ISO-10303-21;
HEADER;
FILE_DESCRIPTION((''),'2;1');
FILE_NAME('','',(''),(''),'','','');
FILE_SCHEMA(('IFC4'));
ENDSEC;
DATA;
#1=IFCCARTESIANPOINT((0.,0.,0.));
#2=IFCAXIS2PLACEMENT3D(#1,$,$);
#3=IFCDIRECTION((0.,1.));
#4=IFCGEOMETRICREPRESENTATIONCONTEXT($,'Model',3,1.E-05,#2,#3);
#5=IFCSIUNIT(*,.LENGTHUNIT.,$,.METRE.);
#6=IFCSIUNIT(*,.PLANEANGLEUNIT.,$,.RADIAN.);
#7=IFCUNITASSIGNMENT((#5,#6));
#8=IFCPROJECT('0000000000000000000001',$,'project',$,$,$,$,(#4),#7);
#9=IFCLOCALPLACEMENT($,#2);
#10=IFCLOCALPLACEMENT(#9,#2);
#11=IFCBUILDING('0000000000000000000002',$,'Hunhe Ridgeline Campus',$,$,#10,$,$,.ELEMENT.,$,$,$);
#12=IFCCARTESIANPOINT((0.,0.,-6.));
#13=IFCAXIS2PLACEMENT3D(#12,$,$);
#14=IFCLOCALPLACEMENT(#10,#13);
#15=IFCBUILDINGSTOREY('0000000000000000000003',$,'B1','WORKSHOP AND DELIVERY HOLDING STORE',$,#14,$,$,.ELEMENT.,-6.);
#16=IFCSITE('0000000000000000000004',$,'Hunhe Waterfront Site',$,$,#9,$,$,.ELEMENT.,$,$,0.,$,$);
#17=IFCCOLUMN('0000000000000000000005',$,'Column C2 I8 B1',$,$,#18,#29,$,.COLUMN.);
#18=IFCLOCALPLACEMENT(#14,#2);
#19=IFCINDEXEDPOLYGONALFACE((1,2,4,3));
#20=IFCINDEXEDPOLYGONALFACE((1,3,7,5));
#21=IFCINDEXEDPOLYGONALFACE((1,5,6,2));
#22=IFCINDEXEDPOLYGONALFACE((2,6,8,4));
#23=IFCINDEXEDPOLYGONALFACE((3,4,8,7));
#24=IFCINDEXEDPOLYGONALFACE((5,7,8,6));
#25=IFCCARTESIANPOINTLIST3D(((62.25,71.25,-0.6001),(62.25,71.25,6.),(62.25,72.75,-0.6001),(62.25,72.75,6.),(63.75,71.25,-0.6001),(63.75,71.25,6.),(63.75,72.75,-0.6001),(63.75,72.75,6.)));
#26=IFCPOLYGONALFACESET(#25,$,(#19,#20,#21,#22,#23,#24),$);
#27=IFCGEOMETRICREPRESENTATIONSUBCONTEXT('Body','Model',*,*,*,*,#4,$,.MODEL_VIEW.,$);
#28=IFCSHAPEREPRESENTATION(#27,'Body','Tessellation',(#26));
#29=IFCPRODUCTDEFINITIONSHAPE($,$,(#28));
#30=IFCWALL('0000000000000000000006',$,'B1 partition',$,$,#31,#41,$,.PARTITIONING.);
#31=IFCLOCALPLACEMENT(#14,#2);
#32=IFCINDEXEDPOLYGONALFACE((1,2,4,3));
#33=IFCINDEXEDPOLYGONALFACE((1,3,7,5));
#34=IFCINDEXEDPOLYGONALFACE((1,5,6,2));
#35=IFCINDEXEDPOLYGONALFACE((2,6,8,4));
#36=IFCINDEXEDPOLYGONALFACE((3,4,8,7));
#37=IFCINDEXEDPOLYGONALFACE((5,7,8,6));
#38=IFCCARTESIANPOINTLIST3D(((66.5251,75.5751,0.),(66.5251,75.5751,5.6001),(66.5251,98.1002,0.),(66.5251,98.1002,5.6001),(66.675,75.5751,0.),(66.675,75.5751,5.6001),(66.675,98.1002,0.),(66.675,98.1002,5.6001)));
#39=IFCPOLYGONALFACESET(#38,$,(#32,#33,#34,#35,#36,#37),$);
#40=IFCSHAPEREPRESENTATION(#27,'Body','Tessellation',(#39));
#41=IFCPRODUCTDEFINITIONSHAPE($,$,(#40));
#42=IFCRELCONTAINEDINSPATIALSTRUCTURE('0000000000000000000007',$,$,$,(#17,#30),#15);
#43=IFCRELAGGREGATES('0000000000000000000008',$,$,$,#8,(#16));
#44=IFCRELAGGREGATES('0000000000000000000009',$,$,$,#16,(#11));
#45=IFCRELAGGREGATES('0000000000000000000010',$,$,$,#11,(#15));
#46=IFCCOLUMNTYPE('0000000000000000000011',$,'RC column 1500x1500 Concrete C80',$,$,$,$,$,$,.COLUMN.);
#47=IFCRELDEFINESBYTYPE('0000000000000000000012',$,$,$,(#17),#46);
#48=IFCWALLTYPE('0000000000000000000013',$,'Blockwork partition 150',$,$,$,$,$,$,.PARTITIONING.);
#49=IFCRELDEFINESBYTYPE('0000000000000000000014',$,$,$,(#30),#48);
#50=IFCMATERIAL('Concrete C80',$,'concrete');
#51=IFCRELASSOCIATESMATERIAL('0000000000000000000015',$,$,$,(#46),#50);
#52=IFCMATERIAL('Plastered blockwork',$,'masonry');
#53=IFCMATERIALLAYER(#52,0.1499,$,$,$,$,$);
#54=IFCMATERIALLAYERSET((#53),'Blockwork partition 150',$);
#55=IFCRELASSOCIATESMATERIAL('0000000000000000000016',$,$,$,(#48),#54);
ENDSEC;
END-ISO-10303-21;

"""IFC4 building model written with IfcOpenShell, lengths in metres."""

from ifc_helpers import new_model, si_unit, direction, frame, frame_2d, origin, origin_2d, place, context, subcontext, project, spatial, rectangle, extrude, material, layer, layer_set, material_profile, profile_set, type_object, element, save


model = new_model("IFC4")

# Units and contexts
model_context = context("Model", 3, precision=1e-05, world=origin(), true_north=direction((0.0, 1.0)))
body_context = subcontext(model_context, "Body", "Model", "MODEL_VIEW")
ifc_project = project(units=[si_unit("LENGTHUNIT", "METRE"), si_unit("PLANEANGLEUNIT", "RADIAN")], contexts=[model_context])

# Site, building, storey
site_placement = place(None, origin())
site = spatial("IfcSite", under=ifc_project, at=site_placement, Name="Hunhe Waterfront Site", CompositionType="ELEMENT", RefElevation=0.0)
building_placement = place(site_placement, origin())
building = spatial("IfcBuilding", under=site, at=building_placement, Name="Hunhe Ridgeline Campus", CompositionType="ELEMENT")
storey_placement = place(building_placement, frame((0.0, 0.0, -6.0)))
storey = spatial("IfcBuildingStorey", under=building, at=storey_placement, Name="B1", Description="WORKSHOP AND DELIVERY HOLDING STORE", CompositionType="ELEMENT", Elevation=-6.0)

# Column
ifc_material_1 = material(Name="Concrete C80", Category="concrete")
ifc_material_profile_1 = material_profile(ifc_material_1, rectangle(XDim=1.5, YDim=1.5, at=origin_2d()))
ifc_profile_set_1 = profile_set([ifc_material_profile_1], Name="Concrete C80")
column_type = type_object("IfcColumnType", Name="RC column 1500x1500 Concrete C80", PredefinedType="COLUMN", material=ifc_profile_set_1)
for number, where, z_axis, x_axis, name in (
    (1, (63.0, 72.0, -0.6001), (0.0, 0.0, 1.0), (1.0, 0.0, 0.0), "Column C2 I8 B1"),
):
    element("IfcColumn", number, at=place(storey_placement, frame(where, z_axis=z_axis, x_axis=x_axis)), inside=storey, type_object=column_type, Name=name, PredefinedType="COLUMN", context=body_context, shape_type="SweptSolid", body=[
        extrude(rectangle(XDim=1.5, YDim=1.5, at=origin_2d()), origin(), (0.0, 0.0, 1.0), 6.6001),
    ])

# Wall
ifc_material_2 = material(Name="Plastered blockwork", Category="masonry")
ifc_layer = layer(ifc_material_2, 0.1499)
ifc_layer_set = layer_set([ifc_layer], Name="Blockwork partition 150")
wall_type = type_object("IfcWallType", Name="Blockwork partition 150", PredefinedType="PARTITIONING", material=ifc_layer_set)
wall_placement = place(storey_placement, frame((66.6001, 75.575, 0.0), z_axis=(0.0, 0.0, 1.0), x_axis=(0.0, 1.0, 0.0)))
element("IfcWall", 2, at=wall_placement, inside=storey, type_object=wall_type, Name="B1 partition", PredefinedType="PARTITIONING", context=body_context, shape_type="SweptSolid", body=[
    extrude(rectangle(XDim=22.5251, YDim=0.1499, at=frame_2d((11.2627, 0.0))), origin(), (0.0, 0.0, 1.0), 5.6001),
])

save(model, "model.ifc")
